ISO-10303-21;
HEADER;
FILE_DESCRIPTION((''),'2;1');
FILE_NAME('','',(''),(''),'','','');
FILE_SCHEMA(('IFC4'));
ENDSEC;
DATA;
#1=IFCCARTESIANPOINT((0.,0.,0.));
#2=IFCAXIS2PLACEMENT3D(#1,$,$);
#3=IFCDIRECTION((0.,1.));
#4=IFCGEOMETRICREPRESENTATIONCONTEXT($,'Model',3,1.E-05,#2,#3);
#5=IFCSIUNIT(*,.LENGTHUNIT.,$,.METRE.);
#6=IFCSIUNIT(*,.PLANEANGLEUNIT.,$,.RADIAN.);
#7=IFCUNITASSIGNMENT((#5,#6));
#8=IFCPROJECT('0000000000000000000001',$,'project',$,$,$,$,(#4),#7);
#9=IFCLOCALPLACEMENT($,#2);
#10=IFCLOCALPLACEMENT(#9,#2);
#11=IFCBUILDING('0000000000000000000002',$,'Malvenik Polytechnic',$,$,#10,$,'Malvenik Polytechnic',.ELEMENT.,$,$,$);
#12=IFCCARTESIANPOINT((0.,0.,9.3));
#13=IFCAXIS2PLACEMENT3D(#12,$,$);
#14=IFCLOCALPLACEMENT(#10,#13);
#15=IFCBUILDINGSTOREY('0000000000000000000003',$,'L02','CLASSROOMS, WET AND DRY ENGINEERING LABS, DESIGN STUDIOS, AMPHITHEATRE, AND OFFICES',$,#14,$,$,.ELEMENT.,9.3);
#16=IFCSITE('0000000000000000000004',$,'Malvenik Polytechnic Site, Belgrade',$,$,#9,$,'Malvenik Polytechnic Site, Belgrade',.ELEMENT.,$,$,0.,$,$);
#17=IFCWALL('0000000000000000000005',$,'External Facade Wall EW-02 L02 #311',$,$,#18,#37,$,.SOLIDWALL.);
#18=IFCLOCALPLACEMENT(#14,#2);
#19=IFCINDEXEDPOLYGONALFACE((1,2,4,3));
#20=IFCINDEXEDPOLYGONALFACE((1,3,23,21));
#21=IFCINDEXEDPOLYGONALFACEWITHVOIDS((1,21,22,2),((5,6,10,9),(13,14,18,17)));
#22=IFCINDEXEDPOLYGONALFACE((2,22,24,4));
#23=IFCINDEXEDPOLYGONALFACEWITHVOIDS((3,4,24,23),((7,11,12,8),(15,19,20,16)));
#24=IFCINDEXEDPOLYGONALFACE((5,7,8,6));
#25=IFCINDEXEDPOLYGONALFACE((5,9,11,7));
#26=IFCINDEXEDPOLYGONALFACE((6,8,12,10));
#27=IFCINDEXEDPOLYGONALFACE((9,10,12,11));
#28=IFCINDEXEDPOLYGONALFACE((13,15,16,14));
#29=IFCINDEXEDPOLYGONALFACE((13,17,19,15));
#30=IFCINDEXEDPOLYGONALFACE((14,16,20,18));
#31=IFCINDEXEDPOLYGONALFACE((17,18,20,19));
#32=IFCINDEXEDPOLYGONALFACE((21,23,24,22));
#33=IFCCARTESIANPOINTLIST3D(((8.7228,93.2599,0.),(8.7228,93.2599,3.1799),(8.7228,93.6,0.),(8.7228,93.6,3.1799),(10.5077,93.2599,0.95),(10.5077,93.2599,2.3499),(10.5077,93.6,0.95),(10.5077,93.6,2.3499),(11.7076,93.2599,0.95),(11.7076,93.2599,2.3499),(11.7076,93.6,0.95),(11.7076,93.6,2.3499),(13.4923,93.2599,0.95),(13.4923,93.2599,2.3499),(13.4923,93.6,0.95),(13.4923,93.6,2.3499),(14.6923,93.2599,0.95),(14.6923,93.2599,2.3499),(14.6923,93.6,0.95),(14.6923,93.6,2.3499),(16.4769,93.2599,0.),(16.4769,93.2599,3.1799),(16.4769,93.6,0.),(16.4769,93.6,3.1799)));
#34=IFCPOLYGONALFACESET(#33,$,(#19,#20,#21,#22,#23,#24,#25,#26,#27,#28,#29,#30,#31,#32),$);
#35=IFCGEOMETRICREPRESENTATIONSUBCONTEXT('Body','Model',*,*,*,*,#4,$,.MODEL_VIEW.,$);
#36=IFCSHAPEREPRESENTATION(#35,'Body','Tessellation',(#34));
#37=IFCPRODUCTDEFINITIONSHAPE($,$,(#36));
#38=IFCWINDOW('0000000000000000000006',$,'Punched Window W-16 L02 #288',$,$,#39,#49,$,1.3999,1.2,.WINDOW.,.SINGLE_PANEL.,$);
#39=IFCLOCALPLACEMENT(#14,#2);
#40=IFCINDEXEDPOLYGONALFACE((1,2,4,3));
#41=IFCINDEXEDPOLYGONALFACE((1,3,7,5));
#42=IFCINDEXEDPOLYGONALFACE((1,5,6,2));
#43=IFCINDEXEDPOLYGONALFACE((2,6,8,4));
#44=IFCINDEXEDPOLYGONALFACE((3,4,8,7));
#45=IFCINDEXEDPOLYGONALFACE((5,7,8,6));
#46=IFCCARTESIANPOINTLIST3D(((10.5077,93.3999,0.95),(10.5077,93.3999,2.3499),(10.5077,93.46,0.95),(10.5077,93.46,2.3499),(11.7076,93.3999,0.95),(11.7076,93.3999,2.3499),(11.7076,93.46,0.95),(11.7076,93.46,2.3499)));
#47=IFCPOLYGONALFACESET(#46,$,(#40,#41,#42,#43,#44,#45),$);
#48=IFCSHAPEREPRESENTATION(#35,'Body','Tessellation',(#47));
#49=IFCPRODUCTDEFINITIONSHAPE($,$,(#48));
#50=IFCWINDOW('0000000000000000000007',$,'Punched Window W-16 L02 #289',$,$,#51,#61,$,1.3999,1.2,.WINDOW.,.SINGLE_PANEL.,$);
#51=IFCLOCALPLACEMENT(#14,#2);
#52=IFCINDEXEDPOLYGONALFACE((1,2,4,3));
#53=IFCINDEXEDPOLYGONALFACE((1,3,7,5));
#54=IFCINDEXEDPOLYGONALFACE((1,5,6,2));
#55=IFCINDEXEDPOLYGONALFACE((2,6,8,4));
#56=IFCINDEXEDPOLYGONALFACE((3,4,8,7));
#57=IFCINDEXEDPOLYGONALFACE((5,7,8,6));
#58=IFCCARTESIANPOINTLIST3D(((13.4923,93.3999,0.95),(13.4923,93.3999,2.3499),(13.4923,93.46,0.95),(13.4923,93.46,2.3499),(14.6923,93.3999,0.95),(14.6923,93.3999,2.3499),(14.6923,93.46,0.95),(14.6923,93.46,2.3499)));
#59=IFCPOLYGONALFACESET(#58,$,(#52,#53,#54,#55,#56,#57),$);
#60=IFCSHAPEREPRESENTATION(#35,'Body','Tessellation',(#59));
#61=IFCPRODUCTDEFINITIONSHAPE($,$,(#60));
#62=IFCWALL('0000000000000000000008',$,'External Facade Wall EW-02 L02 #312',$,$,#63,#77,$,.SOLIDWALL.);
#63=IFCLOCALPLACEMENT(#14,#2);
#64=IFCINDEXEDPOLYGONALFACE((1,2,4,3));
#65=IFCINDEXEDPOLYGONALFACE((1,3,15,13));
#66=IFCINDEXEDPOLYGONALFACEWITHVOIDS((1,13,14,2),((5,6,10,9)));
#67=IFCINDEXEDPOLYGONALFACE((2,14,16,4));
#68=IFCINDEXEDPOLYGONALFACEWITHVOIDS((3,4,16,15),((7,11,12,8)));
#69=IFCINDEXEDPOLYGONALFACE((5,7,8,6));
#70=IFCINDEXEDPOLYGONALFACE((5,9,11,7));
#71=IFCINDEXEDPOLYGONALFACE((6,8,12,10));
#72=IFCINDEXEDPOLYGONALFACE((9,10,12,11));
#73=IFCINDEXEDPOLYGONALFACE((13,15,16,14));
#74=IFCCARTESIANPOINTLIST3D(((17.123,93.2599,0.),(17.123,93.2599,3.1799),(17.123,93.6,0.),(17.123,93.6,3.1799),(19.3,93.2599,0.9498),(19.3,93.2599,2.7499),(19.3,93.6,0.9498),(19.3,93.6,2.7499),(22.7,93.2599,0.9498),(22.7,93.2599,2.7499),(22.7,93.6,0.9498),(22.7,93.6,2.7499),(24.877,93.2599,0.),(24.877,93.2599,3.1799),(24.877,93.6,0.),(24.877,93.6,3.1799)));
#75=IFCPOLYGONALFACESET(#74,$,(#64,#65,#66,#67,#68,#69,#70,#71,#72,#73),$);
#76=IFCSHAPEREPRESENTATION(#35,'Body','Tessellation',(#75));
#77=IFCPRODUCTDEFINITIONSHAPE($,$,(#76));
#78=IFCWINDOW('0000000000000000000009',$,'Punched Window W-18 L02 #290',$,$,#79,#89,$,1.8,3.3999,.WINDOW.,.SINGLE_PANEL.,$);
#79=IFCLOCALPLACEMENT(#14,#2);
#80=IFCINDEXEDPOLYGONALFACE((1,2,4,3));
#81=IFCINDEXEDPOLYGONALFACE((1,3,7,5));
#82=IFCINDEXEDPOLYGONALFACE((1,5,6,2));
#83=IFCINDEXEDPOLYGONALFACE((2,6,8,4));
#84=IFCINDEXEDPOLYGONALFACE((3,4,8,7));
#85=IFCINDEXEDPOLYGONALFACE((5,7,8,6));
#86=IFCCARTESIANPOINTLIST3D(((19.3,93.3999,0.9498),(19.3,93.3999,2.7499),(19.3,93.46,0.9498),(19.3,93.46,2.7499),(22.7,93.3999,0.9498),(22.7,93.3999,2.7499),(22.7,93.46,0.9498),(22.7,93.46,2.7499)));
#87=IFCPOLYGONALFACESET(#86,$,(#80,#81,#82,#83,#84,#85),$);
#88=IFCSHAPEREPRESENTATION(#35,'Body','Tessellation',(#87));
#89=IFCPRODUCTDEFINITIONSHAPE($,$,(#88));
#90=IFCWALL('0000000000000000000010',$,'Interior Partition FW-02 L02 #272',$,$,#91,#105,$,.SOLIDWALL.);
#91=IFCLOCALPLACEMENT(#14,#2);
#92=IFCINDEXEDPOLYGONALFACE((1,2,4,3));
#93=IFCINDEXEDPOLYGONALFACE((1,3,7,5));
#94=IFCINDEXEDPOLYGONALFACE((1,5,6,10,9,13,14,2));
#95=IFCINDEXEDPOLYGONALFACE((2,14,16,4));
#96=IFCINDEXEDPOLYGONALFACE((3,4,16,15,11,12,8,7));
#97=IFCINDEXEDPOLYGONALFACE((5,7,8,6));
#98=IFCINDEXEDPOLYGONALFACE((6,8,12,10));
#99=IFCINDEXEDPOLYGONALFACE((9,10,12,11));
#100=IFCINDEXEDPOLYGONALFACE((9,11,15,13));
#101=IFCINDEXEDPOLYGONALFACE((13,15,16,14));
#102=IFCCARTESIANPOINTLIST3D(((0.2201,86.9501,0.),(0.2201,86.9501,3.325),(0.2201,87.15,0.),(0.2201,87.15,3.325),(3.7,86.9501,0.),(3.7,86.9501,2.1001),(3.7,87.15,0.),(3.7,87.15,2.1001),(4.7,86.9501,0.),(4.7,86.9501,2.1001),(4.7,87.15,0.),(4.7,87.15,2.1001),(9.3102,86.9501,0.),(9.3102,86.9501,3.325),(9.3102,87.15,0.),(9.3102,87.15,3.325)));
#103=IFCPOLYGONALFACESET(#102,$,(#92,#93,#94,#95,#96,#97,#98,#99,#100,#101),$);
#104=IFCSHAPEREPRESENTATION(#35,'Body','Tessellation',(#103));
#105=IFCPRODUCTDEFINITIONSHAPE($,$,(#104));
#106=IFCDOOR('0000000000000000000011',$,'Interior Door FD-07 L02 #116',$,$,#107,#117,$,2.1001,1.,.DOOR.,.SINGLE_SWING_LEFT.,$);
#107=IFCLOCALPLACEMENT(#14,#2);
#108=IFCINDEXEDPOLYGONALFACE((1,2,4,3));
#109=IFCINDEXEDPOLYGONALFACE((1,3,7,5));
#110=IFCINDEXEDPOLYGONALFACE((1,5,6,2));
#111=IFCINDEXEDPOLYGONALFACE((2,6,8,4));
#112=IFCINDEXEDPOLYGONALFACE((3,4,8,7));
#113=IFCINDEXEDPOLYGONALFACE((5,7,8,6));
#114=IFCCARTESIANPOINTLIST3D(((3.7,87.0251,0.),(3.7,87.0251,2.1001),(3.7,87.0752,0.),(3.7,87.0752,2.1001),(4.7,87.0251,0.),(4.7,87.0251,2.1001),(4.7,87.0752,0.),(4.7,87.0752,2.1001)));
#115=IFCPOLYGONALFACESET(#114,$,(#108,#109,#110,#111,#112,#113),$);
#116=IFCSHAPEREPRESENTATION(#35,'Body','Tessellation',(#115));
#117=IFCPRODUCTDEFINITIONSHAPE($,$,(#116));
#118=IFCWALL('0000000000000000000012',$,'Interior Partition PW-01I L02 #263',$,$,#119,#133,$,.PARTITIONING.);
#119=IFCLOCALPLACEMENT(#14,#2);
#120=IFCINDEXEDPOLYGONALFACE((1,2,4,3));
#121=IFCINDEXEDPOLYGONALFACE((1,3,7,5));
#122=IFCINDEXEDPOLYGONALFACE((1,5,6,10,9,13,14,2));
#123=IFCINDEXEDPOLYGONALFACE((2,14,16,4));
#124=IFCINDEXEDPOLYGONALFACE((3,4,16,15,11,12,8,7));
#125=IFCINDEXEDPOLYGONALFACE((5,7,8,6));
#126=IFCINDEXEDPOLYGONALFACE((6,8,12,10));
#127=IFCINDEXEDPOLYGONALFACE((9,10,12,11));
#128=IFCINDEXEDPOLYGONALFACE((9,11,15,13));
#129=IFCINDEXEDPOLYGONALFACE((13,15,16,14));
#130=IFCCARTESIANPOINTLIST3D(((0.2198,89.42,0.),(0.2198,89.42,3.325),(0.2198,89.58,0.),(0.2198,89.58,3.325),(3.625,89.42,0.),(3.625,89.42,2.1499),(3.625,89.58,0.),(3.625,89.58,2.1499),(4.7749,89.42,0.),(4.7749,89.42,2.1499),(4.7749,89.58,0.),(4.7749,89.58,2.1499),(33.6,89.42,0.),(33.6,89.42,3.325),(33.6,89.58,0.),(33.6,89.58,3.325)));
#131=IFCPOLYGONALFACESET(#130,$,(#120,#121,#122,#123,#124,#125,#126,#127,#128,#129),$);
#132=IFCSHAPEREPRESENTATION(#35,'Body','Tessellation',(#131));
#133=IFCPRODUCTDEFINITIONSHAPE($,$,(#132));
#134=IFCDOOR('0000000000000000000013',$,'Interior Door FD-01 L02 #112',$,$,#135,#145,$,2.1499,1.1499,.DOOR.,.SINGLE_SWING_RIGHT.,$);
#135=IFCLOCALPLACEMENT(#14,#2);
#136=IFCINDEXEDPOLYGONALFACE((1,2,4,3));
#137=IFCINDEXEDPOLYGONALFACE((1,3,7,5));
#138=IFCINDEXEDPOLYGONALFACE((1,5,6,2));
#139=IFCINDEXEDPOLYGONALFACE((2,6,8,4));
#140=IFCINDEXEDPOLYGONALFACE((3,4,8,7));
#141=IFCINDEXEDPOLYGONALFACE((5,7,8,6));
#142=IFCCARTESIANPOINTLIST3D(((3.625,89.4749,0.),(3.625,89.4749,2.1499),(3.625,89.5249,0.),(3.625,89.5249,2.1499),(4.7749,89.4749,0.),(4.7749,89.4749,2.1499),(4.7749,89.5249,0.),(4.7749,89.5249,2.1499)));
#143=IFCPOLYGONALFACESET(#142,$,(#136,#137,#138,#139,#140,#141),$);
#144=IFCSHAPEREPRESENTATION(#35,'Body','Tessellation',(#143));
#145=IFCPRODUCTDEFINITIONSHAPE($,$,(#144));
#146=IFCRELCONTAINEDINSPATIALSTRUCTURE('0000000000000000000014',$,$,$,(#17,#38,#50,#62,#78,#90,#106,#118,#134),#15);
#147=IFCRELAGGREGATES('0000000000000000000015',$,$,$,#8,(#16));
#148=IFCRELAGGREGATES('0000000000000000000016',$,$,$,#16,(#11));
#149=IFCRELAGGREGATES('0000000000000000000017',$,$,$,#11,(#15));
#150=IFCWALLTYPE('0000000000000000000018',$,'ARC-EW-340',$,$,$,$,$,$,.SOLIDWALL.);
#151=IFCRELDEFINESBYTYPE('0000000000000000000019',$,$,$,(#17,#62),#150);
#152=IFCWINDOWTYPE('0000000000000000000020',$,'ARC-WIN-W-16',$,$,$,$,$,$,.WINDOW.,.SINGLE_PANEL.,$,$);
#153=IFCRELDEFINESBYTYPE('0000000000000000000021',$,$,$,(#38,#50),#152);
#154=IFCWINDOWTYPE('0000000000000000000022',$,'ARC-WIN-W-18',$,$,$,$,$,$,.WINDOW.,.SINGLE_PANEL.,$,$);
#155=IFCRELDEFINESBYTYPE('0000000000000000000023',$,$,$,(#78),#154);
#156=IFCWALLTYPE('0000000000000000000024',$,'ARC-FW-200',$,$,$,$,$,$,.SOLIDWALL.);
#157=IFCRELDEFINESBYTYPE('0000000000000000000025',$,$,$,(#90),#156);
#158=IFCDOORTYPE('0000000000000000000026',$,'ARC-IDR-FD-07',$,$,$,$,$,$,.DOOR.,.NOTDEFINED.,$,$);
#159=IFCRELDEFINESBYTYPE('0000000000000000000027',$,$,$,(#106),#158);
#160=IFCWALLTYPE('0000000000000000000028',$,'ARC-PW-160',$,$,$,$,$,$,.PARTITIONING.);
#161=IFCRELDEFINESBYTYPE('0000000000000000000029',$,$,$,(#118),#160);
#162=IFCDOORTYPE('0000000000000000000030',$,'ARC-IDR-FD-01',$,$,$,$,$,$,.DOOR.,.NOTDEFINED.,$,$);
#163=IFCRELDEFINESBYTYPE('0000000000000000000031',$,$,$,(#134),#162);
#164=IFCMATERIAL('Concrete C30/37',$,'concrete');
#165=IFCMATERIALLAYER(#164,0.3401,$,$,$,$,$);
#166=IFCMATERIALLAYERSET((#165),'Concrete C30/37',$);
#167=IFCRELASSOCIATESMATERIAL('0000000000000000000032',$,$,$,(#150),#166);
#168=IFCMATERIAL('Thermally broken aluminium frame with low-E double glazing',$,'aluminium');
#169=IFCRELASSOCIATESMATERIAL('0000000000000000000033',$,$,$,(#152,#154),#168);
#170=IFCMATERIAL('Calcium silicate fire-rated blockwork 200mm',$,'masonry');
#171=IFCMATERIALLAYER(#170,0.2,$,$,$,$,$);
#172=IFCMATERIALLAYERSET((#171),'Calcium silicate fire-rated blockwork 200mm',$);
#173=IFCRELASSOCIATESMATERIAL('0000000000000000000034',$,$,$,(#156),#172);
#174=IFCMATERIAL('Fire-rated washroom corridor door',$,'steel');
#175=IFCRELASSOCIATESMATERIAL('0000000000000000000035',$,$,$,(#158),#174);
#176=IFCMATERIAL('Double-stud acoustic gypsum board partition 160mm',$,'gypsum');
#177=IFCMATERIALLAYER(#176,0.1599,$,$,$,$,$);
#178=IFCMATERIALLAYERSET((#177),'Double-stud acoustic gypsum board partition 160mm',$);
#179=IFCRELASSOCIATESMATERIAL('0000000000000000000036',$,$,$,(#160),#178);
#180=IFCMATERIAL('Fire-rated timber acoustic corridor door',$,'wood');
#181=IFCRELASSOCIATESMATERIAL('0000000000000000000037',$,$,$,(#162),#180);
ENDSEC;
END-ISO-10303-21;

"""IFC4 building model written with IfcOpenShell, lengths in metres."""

from ifc_helpers import new_model, si_unit, direction, frame, frame_2d, origin, place, context, subcontext, project, spatial, rectangle, extrude, material, layer, layer_set, type_object, element, fill, save


model = new_model("IFC4")

# Units and contexts
model_context = context("Model", 3, precision=1e-05, world=origin(), true_north=direction((0.0, 1.0)))
body_context = subcontext(model_context, "Body", "Model", "MODEL_VIEW")
ifc_project = project(units=[si_unit("LENGTHUNIT", "METRE"), si_unit("PLANEANGLEUNIT", "RADIAN")], contexts=[model_context])

# Site, building, storey
site_placement = place(None, origin())
site = spatial("IfcSite", under=ifc_project, at=site_placement, Name="Malvenik Polytechnic Site, Belgrade", LongName="Malvenik Polytechnic Site, Belgrade", CompositionType="ELEMENT", RefElevation=0.0)
building_placement = place(site_placement, origin())
building = spatial("IfcBuilding", under=site, at=building_placement, Name="Malvenik Polytechnic", LongName="Malvenik Polytechnic", CompositionType="ELEMENT")
storey_placement = place(building_placement, frame((0.0, 0.0, 9.3)))
storey = spatial("IfcBuildingStorey", under=building, at=storey_placement, Name="L02", Description="CLASSROOMS, WET AND DRY ENGINEERING LABS, DESIGN STUDIOS, AMPHITHEATRE, AND OFFICES", CompositionType="ELEMENT", Elevation=9.3)

# Shared definitions
ifc_material_1 = material(Name="Concrete C30/37", Category="concrete")

# Shared definitions
ifc_layer_1 = layer(ifc_material_1, 0.3401)
ifc_layer_set_1 = layer_set([ifc_layer_1], Name="Concrete C30/37")
wall_type_1 = type_object("IfcWallType", Name="ARC-EW-340", PredefinedType="SOLIDWALL", material=ifc_layer_set_1)

# Wall, openings, windows
ifc_material_2 = material(Name="Thermally broken aluminium frame with low-E double glazing", Category="aluminium")
wall_1_placement = place(storey_placement, frame((8.7229, 93.4299, 0.0), z_axis=(0.0, 0.0, 1.0), x_axis=(1.0, 0.0, 0.0)))
wall_1 = element("IfcWall", 1, at=wall_1_placement, inside=storey, type_object=wall_type_1, Name="External Facade Wall EW-02 L02 #311", PredefinedType="SOLIDWALL", context=body_context, shape_type="SweptSolid", body=[
    extrude(rectangle(XDim=7.7542, YDim=0.3401, at=frame_2d((3.877, 0.0))), origin(), (0.0, 0.0, 1.0), 3.1799),
])
opening_1_placement = place(wall_1_placement, frame((1.7847, 0.0, 0.95)))
opening_1 = element("IfcOpeningElement", 2, at=opening_1_placement, cuts=wall_1, PredefinedType="OPENING", context=body_context, shape_type="SweptSolid", body=[
    extrude(rectangle(XDim=1.2, YDim=1.3999, at=frame_2d((0.6001, 0.7))), frame((0.0, 0.1802, 0.0), z_axis=(0.0, -1.0, 0.0), x_axis=(1.0, 0.0, 0.0)), (0.0, 0.0, 1.0), 0.3601),
])
opening_2_placement = place(wall_1_placement, frame((4.7693, 0.0, 0.95)))
opening_2 = element("IfcOpeningElement", 3, at=opening_2_placement, cuts=wall_1, PredefinedType="OPENING", context=body_context, shape_type="SweptSolid", body=[
    extrude(rectangle(XDim=1.2, YDim=1.3999, at=frame_2d((0.6001, 0.7))), frame((0.0, 0.1802, 0.0), z_axis=(0.0, -1.0, 0.0), x_axis=(1.0, 0.0, 0.0)), (0.0, 0.0, 1.0), 0.3601),
])
window_type_1 = type_object("IfcWindowType", Name="ARC-WIN-W-16", PartitioningType="SINGLE_PANEL", PredefinedType="WINDOW", material=ifc_material_2)
window_1_placement = place(opening_1_placement, origin())
window_1 = element("IfcWindow", 4, at=window_1_placement, inside=storey, type_object=window_type_1, Name="Punched Window W-16 L02 #288", OverallHeight=1.3999, OverallWidth=1.2, PartitioningType="SINGLE_PANEL", PredefinedType="WINDOW", context=body_context, shape_type="SweptSolid", body=[
    extrude(rectangle(XDim=1.2, YDim=1.3999, at=frame_2d((0.6001, 0.7))), frame((0.0, 0.03, 0.0), z_axis=(0.0, -1.0, 0.0), x_axis=(1.0, 0.0, 0.0)), (0.0, 0.0, 1.0), 0.0601),
])
fill(opening_1, window_1)
window_2_placement = place(opening_2_placement, origin())
window_2 = element("IfcWindow", 5, at=window_2_placement, inside=storey, type_object=window_type_1, Name="Punched Window W-16 L02 #289", OverallHeight=1.3999, OverallWidth=1.2, PartitioningType="SINGLE_PANEL", PredefinedType="WINDOW", context=body_context, shape_type="SweptSolid", body=[
    extrude(rectangle(XDim=1.2, YDim=1.3999, at=frame_2d((0.6001, 0.7))), frame((0.0, 0.03, 0.0), z_axis=(0.0, -1.0, 0.0), x_axis=(1.0, 0.0, 0.0)), (0.0, 0.0, 1.0), 0.0601),
])
fill(opening_2, window_2)

# Wall, opening, window
wall_2_placement = place(storey_placement, frame((17.123, 93.4299, 0.0), z_axis=(0.0, 0.0, 1.0), x_axis=(1.0, 0.0, 0.0)))
wall_2 = element("IfcWall", 6, at=wall_2_placement, inside=storey, type_object=wall_type_1, Name="External Facade Wall EW-02 L02 #312", PredefinedType="SOLIDWALL", context=body_context, shape_type="SweptSolid", body=[
    extrude(rectangle(XDim=7.7539, YDim=0.3401, at=frame_2d((3.877, 0.0))), origin(), (0.0, 0.0, 1.0), 3.1799),
])
opening_3_placement = place(wall_2_placement, frame((2.177, 0.0, 0.95)))
opening_3 = element("IfcOpeningElement", 7, at=opening_3_placement, cuts=wall_2, PredefinedType="OPENING", context=body_context, shape_type="SweptSolid", body=[
    extrude(rectangle(XDim=3.3999, YDim=1.8, at=frame_2d((1.7, 0.8999))), frame((0.0, 0.1802, 0.0), z_axis=(0.0, -1.0, 0.0), x_axis=(1.0, 0.0, 0.0)), (0.0, 0.0, 1.0), 0.3601),
])
window_type_2 = type_object("IfcWindowType", Name="ARC-WIN-W-18", PartitioningType="SINGLE_PANEL", PredefinedType="WINDOW", material=ifc_material_2)
window_3_placement = place(opening_3_placement, origin())
window_3 = element("IfcWindow", 8, at=window_3_placement, inside=storey, type_object=window_type_2, Name="Punched Window W-18 L02 #290", OverallHeight=1.8, OverallWidth=3.3999, PartitioningType="SINGLE_PANEL", PredefinedType="WINDOW", context=body_context, shape_type="SweptSolid", body=[
    extrude(rectangle(XDim=3.3999, YDim=1.8, at=frame_2d((1.7, 0.8999))), frame((0.0, 0.03, 0.0), z_axis=(0.0, -1.0, 0.0), x_axis=(1.0, 0.0, 0.0)), (0.0, 0.0, 1.0), 0.0601),
])
fill(opening_3, window_3)

# Walls, openings, doors
ifc_material_3 = material(Name="Calcium silicate fire-rated blockwork 200mm", Category="masonry")
ifc_layer_2 = layer(ifc_material_3, 0.2)
ifc_layer_set_2 = layer_set([ifc_layer_2], Name="Calcium silicate fire-rated blockwork 200mm")
wall_type_2 = type_object("IfcWallType", Name="ARC-FW-200", PredefinedType="SOLIDWALL", material=ifc_layer_set_2)
wall_3_placement = place(storey_placement, frame((9.3101, 87.05, 0.0), z_axis=(0.0, 0.0, 1.0), x_axis=(-1.0, 0.0, 0.0)))
wall_3 = element("IfcWall", 9, at=wall_3_placement, inside=storey, type_object=wall_type_2, Name="Interior Partition FW-02 L02 #272", PredefinedType="SOLIDWALL", context=body_context, shape_type="SweptSolid", body=[
    extrude(rectangle(XDim=9.0901, YDim=0.2, at=frame_2d((4.5449, 0.0))), origin(), (0.0, 0.0, 1.0), 3.325),
])
opening_4_placement = place(wall_3_placement, frame((4.6101, 0.0, 0.0)))
opening_4 = element("IfcOpeningElement", 10, at=opening_4_placement, cuts=wall_3, PredefinedType="OPENING", context=body_context, shape_type="SweptSolid", body=[
    extrude(rectangle(XDim=1.0, YDim=2.1001, at=frame_2d((0.5, 1.05))), frame((0.0, 0.1099, 0.0), z_axis=(0.0, -1.0, 0.0), x_axis=(1.0, 0.0, 0.0)), (0.0, 0.0, 1.0), 0.22),
])
ifc_material_4 = material(Name="Fire-rated washroom corridor door", Category="steel")
door_type_1 = type_object("IfcDoorType", Name="ARC-IDR-FD-07", OperationType="NOTDEFINED", PredefinedType="DOOR", material=ifc_material_4)
door_1_placement = place(opening_4_placement, origin())
door_1 = element("IfcDoor", 11, at=door_1_placement, inside=storey, type_object=door_type_1, Name="Interior Door FD-07 L02 #116", OperationType="SINGLE_SWING_LEFT", OverallHeight=2.1001, OverallWidth=1.0, PredefinedType="DOOR", context=body_context, shape_type="SweptSolid", body=[
    extrude(rectangle(XDim=1.0, YDim=2.1001, at=frame_2d((0.5, 1.05))), frame((0.0, 0.0249, 0.0), z_axis=(0.0, -1.0, 0.0), x_axis=(1.0, 0.0, 0.0)), (0.0, 0.0, 1.0), 0.05),
])
fill(opening_4, door_1)
ifc_material_5 = material(Name="Double-stud acoustic gypsum board partition 160mm", Category="gypsum")
ifc_layer_3 = layer(ifc_material_5, 0.1599)
ifc_layer_set_3 = layer_set([ifc_layer_3], Name="Double-stud acoustic gypsum board partition 160mm")
wall_type_3 = type_object("IfcWallType", Name="ARC-PW-160", PredefinedType="PARTITIONING", material=ifc_layer_set_3)
wall_4_placement = place(storey_placement, frame((0.22, 89.5, 0.0), z_axis=(0.0, 0.0, 1.0), x_axis=(1.0, 0.0, 0.0)))
wall_4 = element("IfcWall", 12, at=wall_4_placement, inside=storey, type_object=wall_type_3, Name="Interior Partition PW-01I L02 #263", PredefinedType="PARTITIONING", context=body_context, shape_type="SweptSolid", body=[
    extrude(rectangle(XDim=33.3801, YDim=0.1599, at=frame_2d((16.6899, 0.0))), origin(), (0.0, 0.0, 1.0), 3.325),
])
opening_5_placement = place(wall_4_placement, frame((3.405, 0.0, 0.0)))
opening_5 = element("IfcOpeningElement", 13, at=opening_5_placement, cuts=wall_4, PredefinedType="OPENING", context=body_context, shape_type="SweptSolid", body=[
    extrude(rectangle(XDim=1.1499, YDim=2.1499, at=frame_2d((0.575, 1.075))), frame((0.0, 0.0898, 0.0), z_axis=(0.0, -1.0, 0.0), x_axis=(1.0, 0.0, 0.0)), (0.0, 0.0, 1.0), 0.1799),
])
ifc_material_6 = material(Name="Fire-rated timber acoustic corridor door", Category="wood")
door_type_2 = type_object("IfcDoorType", Name="ARC-IDR-FD-01", OperationType="NOTDEFINED", PredefinedType="DOOR", material=ifc_material_6)
door_2_placement = place(opening_5_placement, origin())
door_2 = element("IfcDoor", 14, at=door_2_placement, inside=storey, type_object=door_type_2, Name="Interior Door FD-01 L02 #112", OperationType="SINGLE_SWING_RIGHT", OverallHeight=2.1499, OverallWidth=1.1499, PredefinedType="DOOR", context=body_context, shape_type="SweptSolid", body=[
    extrude(rectangle(XDim=1.1499, YDim=2.1499, at=frame_2d((0.575, 1.075))), frame((0.0, 0.0249, 0.0), z_axis=(0.0, -1.0, 0.0), x_axis=(1.0, 0.0, 0.0)), (0.0, 0.0, 1.0), 0.05),
])
fill(opening_5, door_2)

save(model, "model.ifc")
